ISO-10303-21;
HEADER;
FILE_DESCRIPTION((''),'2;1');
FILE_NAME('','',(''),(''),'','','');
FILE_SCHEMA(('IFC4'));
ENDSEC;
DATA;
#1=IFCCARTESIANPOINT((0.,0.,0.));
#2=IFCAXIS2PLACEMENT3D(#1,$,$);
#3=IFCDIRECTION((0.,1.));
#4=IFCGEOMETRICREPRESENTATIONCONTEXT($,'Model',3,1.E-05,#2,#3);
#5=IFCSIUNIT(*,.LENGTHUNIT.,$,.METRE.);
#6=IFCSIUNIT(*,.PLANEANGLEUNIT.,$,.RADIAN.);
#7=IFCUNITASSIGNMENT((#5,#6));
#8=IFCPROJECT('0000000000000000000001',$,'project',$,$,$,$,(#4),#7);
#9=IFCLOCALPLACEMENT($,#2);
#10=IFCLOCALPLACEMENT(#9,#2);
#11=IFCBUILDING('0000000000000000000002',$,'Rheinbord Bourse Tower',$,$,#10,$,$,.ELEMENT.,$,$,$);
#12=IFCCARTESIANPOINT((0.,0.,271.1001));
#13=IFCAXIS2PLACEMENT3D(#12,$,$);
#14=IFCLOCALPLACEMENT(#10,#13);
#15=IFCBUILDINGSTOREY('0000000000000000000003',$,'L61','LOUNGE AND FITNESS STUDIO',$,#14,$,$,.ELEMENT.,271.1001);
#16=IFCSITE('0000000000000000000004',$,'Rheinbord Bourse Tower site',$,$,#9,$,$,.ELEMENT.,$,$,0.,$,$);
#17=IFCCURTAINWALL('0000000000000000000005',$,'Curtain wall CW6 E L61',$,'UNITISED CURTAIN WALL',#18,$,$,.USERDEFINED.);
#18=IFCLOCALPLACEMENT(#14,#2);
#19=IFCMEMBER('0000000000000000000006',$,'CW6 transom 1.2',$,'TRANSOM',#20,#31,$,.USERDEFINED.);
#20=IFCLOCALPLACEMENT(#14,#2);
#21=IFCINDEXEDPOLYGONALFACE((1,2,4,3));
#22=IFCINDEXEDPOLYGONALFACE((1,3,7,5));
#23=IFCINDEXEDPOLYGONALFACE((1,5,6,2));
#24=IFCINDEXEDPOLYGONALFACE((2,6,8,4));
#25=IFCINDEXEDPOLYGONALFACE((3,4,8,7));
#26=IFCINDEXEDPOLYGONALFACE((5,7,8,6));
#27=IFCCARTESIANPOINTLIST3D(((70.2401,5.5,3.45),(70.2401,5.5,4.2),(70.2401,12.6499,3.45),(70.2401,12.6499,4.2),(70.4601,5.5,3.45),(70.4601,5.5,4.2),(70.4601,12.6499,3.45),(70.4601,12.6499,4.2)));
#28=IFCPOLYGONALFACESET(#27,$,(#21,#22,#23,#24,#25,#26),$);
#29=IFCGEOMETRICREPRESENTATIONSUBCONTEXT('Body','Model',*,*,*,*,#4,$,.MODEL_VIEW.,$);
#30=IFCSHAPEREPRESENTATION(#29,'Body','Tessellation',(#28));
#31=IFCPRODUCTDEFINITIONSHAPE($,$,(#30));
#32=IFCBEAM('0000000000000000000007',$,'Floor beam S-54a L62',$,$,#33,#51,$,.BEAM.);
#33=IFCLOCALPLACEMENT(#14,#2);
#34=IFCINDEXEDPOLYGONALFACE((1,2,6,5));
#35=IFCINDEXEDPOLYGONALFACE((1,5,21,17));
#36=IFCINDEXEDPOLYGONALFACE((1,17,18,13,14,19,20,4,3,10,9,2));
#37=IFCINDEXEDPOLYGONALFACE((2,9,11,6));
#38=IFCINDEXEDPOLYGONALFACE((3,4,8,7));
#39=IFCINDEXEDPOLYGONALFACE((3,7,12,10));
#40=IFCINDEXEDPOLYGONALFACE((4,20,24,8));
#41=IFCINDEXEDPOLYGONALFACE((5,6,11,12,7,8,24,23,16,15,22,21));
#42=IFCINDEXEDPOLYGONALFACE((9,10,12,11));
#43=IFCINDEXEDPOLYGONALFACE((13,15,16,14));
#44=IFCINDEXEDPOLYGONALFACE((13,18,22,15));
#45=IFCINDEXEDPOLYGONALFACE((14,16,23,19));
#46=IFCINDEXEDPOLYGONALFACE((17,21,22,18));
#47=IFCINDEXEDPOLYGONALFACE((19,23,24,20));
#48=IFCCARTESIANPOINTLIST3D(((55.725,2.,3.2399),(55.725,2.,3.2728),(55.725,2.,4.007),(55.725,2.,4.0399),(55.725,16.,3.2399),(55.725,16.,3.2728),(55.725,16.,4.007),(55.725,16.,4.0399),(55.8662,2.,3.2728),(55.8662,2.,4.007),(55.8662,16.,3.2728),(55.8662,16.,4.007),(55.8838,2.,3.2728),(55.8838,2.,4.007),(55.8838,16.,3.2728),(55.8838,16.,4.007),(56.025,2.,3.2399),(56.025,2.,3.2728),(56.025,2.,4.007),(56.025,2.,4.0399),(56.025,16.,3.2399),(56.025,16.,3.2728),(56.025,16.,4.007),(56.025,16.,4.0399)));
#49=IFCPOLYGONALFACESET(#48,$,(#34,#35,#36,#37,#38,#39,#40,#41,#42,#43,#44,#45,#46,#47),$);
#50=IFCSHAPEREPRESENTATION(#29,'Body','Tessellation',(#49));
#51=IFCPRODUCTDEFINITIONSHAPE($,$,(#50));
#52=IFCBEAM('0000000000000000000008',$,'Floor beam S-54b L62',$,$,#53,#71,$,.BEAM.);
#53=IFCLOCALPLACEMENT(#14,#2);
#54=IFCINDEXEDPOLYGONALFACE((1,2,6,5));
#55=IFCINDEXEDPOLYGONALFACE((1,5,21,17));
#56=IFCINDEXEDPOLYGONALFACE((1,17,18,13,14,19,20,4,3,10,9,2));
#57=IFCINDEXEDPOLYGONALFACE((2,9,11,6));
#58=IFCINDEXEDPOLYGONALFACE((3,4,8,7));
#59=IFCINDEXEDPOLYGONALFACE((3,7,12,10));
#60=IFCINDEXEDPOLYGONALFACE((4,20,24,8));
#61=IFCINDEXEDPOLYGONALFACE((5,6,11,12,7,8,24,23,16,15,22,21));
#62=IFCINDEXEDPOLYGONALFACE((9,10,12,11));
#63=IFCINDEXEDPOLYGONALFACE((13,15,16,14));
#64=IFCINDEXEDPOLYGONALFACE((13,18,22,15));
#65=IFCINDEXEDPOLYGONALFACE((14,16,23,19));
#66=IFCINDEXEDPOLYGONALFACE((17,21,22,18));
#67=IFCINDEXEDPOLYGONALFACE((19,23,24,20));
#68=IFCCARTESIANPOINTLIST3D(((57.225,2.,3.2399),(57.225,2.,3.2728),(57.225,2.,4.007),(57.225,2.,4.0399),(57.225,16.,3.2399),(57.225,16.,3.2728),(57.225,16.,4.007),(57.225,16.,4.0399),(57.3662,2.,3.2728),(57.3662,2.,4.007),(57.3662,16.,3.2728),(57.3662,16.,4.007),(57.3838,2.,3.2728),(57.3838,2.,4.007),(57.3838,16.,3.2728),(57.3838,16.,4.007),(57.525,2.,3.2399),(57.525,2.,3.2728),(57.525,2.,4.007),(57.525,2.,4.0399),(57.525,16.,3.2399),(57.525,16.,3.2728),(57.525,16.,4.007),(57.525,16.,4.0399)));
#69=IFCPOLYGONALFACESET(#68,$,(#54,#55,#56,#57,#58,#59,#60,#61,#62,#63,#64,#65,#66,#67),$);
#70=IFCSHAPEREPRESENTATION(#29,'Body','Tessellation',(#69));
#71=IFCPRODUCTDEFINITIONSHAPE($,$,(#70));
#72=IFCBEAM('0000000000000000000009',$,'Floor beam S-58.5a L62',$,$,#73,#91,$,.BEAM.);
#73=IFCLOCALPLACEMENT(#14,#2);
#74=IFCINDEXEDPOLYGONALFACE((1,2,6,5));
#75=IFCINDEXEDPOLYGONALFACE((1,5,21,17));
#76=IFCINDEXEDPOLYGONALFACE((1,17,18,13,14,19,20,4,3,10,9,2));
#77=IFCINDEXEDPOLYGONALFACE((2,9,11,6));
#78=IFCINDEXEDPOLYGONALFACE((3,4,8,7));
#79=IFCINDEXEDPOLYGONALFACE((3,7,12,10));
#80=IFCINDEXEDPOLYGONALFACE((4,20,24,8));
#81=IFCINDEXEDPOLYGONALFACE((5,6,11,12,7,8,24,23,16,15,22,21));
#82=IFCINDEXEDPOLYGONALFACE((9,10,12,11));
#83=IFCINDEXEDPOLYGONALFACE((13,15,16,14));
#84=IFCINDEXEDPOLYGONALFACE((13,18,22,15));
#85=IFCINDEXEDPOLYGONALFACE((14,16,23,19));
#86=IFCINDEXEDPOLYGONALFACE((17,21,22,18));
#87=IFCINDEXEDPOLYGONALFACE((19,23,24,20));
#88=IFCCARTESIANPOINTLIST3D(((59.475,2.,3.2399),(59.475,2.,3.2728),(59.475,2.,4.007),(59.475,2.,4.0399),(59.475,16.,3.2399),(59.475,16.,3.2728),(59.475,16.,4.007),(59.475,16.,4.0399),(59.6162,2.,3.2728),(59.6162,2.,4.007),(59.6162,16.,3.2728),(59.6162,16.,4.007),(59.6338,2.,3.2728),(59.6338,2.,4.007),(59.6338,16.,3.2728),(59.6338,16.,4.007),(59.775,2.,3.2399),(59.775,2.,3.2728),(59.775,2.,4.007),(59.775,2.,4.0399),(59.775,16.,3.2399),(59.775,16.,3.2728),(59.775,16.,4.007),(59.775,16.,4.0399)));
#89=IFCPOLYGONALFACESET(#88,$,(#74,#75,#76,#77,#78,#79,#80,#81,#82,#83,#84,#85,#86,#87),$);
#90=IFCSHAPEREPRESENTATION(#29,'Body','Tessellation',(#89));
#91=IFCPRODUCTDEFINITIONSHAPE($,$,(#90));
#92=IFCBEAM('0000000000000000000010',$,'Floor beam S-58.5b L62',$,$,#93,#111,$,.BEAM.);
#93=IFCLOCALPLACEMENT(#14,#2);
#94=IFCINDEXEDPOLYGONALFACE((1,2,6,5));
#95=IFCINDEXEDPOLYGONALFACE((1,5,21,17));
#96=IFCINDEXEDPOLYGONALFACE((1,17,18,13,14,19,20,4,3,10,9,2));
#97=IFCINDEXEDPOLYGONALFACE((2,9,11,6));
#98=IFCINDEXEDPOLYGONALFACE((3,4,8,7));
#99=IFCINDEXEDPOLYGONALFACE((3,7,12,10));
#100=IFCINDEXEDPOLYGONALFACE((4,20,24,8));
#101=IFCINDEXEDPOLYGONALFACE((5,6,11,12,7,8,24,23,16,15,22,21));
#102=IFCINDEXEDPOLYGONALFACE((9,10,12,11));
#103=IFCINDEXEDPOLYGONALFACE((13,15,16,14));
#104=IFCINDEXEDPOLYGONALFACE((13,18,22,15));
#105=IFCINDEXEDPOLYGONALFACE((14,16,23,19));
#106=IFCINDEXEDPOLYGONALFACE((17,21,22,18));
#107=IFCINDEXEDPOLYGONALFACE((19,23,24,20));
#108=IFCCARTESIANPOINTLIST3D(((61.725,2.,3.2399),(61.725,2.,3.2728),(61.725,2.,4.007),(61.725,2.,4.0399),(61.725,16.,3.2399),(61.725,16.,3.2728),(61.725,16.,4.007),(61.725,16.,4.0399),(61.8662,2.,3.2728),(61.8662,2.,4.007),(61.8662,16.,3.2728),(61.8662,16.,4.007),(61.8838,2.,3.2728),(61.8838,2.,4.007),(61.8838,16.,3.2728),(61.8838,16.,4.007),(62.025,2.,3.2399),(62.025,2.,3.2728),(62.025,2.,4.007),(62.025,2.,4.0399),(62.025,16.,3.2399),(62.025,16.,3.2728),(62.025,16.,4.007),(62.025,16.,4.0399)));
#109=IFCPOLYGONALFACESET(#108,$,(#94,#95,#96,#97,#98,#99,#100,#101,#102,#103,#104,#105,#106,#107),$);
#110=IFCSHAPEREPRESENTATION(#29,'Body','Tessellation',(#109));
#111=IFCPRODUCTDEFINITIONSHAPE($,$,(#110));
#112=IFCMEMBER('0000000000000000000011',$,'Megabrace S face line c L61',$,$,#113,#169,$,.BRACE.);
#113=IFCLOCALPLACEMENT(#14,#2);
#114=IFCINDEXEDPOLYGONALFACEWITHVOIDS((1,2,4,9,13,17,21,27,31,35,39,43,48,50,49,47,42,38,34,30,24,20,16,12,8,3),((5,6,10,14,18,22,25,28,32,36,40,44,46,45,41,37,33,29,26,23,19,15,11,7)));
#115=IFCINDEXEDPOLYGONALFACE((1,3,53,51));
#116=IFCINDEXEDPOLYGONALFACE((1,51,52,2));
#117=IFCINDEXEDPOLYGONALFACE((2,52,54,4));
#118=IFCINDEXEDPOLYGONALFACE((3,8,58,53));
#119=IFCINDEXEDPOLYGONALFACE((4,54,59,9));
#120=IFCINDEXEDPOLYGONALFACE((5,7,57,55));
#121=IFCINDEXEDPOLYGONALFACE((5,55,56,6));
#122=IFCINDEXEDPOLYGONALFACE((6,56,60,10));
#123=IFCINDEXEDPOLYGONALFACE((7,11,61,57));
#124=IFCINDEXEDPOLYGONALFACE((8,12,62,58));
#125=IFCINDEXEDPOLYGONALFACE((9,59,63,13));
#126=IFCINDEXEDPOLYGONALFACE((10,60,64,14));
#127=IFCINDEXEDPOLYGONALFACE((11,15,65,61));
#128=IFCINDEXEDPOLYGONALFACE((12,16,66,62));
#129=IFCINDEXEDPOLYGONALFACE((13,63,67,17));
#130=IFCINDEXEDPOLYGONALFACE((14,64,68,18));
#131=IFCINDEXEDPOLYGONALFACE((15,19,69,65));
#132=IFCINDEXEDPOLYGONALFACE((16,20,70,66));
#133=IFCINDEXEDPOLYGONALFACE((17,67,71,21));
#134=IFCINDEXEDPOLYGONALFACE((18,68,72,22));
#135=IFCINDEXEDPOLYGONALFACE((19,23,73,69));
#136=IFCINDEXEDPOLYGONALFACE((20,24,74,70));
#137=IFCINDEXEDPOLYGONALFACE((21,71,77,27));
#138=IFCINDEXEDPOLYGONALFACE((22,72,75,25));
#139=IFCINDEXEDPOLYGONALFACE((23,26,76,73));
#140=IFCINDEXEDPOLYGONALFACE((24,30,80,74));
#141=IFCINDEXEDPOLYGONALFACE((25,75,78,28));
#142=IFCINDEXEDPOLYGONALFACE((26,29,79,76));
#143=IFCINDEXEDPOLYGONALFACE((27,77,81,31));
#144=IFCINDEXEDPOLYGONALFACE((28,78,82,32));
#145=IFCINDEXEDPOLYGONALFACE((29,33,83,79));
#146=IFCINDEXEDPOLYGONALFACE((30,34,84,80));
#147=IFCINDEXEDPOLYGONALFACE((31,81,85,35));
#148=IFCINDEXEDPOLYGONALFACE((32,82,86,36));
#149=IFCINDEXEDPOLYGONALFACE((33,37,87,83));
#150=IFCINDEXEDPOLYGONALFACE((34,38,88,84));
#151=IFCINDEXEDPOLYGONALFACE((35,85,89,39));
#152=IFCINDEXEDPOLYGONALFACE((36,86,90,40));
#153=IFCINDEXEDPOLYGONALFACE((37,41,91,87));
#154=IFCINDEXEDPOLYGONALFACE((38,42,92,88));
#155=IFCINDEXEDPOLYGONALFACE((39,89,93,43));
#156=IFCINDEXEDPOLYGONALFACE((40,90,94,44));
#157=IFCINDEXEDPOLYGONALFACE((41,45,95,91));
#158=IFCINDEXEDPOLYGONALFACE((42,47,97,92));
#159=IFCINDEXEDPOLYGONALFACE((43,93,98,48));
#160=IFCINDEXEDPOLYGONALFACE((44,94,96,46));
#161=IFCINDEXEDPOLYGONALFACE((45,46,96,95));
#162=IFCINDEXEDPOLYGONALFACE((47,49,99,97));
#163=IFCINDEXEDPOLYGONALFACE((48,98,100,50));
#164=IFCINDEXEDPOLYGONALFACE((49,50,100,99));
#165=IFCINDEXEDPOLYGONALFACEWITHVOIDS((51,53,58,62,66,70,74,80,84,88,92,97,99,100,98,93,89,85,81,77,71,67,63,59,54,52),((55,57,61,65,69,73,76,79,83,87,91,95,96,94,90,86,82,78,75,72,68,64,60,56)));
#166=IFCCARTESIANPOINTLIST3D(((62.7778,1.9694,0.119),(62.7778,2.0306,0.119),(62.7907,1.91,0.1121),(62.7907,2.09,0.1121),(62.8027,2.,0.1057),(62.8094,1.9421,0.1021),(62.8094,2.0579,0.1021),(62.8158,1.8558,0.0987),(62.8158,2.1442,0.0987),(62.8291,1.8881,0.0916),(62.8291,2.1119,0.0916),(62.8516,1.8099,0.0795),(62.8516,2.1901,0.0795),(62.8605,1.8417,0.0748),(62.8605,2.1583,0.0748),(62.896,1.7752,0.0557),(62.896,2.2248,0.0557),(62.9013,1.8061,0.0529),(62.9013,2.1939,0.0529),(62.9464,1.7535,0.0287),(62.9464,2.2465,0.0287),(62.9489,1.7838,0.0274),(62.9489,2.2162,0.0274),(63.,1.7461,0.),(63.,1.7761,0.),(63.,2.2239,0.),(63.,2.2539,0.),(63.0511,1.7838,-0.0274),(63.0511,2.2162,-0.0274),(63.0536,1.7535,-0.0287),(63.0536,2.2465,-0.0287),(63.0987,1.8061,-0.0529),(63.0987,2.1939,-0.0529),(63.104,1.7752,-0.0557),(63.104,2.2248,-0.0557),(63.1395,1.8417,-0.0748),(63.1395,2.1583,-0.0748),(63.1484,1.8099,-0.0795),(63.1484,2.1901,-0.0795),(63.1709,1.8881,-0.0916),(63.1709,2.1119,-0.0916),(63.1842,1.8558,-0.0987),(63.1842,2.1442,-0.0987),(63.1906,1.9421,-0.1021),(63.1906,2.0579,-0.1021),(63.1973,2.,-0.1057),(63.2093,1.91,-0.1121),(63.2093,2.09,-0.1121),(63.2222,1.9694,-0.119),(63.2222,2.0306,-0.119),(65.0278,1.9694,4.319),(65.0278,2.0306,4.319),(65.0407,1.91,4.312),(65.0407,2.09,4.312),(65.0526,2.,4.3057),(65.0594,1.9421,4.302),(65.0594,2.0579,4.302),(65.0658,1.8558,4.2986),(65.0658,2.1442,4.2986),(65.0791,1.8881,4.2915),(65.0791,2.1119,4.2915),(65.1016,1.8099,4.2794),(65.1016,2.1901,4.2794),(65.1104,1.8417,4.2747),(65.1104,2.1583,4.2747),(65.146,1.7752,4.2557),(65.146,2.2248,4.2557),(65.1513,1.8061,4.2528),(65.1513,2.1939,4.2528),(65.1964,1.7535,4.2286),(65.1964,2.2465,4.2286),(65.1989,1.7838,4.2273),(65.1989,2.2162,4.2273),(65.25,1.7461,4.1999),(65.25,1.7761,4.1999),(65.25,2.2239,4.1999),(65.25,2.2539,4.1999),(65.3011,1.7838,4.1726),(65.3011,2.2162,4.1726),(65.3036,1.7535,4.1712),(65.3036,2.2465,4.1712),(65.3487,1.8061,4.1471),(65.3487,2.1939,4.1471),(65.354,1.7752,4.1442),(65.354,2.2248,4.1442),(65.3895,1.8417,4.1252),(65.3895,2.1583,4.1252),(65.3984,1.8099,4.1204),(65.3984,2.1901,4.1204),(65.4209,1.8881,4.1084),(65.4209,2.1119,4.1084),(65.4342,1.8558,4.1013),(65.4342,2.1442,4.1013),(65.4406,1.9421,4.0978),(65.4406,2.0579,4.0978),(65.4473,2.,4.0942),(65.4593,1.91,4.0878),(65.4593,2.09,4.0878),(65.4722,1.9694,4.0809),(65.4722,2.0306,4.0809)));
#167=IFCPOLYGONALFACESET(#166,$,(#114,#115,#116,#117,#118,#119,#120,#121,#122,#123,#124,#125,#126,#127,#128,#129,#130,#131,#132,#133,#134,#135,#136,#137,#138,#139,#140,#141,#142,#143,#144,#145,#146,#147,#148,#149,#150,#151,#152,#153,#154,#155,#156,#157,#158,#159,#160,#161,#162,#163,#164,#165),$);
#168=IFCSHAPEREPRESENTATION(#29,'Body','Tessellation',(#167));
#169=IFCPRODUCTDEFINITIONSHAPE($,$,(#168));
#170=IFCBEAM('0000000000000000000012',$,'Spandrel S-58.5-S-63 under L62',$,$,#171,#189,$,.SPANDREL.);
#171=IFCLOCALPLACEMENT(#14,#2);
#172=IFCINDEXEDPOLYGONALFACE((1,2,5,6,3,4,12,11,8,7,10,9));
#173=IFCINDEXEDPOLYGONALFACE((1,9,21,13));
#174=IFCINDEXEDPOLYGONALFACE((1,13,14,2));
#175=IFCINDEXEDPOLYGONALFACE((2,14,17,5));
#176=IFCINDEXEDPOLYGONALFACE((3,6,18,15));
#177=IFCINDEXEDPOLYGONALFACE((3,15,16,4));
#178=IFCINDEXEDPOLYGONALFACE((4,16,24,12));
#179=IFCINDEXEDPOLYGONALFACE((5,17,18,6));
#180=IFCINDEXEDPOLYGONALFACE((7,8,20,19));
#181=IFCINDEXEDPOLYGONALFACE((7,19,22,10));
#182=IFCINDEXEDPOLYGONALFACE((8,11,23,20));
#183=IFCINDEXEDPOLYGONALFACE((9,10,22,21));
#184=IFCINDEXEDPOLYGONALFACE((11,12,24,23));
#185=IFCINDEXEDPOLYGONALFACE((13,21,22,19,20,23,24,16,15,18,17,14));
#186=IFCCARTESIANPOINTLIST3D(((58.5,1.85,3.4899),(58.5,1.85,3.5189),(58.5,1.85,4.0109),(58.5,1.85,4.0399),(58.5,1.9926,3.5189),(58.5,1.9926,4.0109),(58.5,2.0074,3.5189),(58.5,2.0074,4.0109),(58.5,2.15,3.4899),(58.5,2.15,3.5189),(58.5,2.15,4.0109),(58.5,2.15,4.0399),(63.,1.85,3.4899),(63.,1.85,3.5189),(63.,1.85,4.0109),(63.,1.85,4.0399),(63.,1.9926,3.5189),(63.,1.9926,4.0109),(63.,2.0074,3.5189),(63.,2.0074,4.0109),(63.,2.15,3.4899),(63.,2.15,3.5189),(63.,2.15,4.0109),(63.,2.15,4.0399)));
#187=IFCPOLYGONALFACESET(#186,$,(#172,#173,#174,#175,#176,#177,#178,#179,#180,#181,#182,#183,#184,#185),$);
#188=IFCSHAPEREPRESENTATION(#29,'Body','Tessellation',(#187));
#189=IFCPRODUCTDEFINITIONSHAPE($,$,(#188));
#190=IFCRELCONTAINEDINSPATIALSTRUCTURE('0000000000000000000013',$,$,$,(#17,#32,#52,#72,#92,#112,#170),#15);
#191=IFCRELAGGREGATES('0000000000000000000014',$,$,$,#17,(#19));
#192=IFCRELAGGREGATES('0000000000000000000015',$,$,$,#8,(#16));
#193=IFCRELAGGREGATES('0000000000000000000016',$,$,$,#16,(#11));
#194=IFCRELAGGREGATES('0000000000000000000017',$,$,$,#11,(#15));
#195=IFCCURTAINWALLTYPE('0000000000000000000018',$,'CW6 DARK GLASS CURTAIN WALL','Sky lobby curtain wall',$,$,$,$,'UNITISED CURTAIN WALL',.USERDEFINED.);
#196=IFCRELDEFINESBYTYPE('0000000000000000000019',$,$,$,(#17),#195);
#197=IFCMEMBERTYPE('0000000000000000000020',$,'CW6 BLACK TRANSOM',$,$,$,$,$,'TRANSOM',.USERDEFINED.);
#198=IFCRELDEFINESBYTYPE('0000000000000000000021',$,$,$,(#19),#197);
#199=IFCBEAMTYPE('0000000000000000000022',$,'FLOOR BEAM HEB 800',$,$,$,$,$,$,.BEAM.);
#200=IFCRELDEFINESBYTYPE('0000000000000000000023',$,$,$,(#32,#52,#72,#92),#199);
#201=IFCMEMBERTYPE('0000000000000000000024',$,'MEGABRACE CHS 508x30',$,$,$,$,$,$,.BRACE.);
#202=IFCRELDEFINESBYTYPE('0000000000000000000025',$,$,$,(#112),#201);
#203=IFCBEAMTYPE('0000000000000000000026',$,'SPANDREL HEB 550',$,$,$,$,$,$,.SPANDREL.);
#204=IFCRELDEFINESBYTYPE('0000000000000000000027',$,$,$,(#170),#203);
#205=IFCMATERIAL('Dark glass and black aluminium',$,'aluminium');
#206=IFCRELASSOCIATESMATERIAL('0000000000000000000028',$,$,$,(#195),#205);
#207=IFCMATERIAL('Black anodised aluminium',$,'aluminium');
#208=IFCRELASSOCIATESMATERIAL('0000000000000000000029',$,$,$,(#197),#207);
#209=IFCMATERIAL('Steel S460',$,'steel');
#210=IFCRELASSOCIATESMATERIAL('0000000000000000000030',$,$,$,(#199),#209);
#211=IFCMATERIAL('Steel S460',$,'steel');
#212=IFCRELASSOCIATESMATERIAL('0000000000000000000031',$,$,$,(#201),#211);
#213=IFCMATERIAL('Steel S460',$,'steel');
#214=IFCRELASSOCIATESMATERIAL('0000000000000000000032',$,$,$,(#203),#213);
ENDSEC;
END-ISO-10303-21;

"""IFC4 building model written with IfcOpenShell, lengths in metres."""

from ifc_helpers import new_model, si_unit, direction, frame, origin, origin_2d, place, context, subcontext, project, spatial, rectangle, hollow_circle, i_section, extrude, material, material_profile, profile_set, type_object, element, aggregate, save


model = new_model("IFC4")

# Units and contexts
model_context = context("Model", 3, precision=1e-05, world=origin(), true_north=direction((0.0, 1.0)))
body_context = subcontext(model_context, "Body", "Model", "MODEL_VIEW")
ifc_project = project(units=[si_unit("LENGTHUNIT", "METRE"), si_unit("PLANEANGLEUNIT", "RADIAN")], contexts=[model_context])

# Site, building, storey
site_placement = place(None, origin())
site = spatial("IfcSite", under=ifc_project, at=site_placement, Name="Rheinbord Bourse Tower site", CompositionType="ELEMENT", RefElevation=0.0)
building_placement = place(site_placement, origin())
building = spatial("IfcBuilding", under=site, at=building_placement, Name="Rheinbord Bourse Tower", CompositionType="ELEMENT")
storey_placement = place(building_placement, frame((0.0, 0.0, 271.1001)))
storey = spatial("IfcBuildingStorey", under=building, at=storey_placement, Name="L61", Description="LOUNGE AND FITNESS STUDIO", CompositionType="ELEMENT", Elevation=271.1001)

# Shared definitions
ifc_material_1 = material(Name="Dark glass and black aluminium", Category="aluminium")
curtain_wall_type = type_object("IfcCurtainWallType", Name="CW6 DARK GLASS CURTAIN WALL", Description="Sky lobby curtain wall", ElementType="UNITISED CURTAIN WALL", PredefinedType="USERDEFINED", material=ifc_material_1)

# Curtain wall
curtain_wall_1_placement = place(storey_placement, origin())
curtain_wall_1 = element("IfcCurtainWall", 1, at=curtain_wall_1_placement, inside=storey, type_object=curtain_wall_type, Name="Curtain wall CW6 E L61", ObjectType="UNITISED CURTAIN WALL", PredefinedType="USERDEFINED")

# Member
ifc_material_2 = material(Name="Black anodised aluminium", Category="aluminium")
ifc_material_profile_1 = material_profile(ifc_material_2, rectangle(XDim=0.22, YDim=0.75, at=origin_2d()), Name="CW6 TRANSOM 750x220")
ifc_profile_set_1 = profile_set([ifc_material_profile_1], Name="Black anodised aluminium")
member_type_1 = type_object("IfcMemberType", Name="CW6 BLACK TRANSOM", ElementType="TRANSOM", PredefinedType="USERDEFINED", material=ifc_profile_set_1)
member_1_placement = place(storey_placement, frame((70.3501, 5.5, 3.825), z_axis=(0.0, 1.0, 0.0), x_axis=(-1.0, 0.0, 0.0)))
member_1 = element("IfcMember", 2, at=member_1_placement, type_object=member_type_1, Name="CW6 transom 1.2", ObjectType="TRANSOM", PredefinedType="USERDEFINED", context=body_context, shape_type="SweptSolid", body=[
    extrude(rectangle(XDim=0.22, YDim=0.75, at=origin_2d()), origin(), (0.0, 0.0, 1.0), 7.1499),
])

# Beams
ifc_material_3 = material(Name="Steel S460", Category="steel")
ifc_material_profile_2 = material_profile(ifc_material_3, i_section(OverallWidth=0.3, OverallDepth=0.8, WebThickness=0.0176, FlangeThickness=0.033, at=origin_2d()), Name="HEB 800")
ifc_profile_set_2 = profile_set([ifc_material_profile_2], Name="Steel S460")
beam_type_1 = type_object("IfcBeamType", Name="FLOOR BEAM HEB 800", PredefinedType="BEAM", material=ifc_profile_set_2)
for number, where, z_axis, x_axis, name in (
    (3, (55.875, 2.0, 3.6399), (0.0, 1.0, 0.0), (-1.0, 0.0, 0.0), "Floor beam S-54a L62"),
    (4, (57.375, 2.0, 3.6399), (0.0, 1.0, 0.0), (-1.0, 0.0, 0.0), "Floor beam S-54b L62"),
    (5, (59.625, 2.0, 3.6399), (0.0, 1.0, 0.0), (-1.0, 0.0, 0.0), "Floor beam S-58.5a L62"),
    (6, (61.875, 2.0, 3.6399), (0.0, 1.0, 0.0), (-1.0, 0.0, 0.0), "Floor beam S-58.5b L62"),
):
    element("IfcBeam", number, at=place(storey_placement, frame(where, z_axis=z_axis, x_axis=x_axis)), inside=storey, type_object=beam_type_1, Name=name, PredefinedType="BEAM", context=body_context, shape_type="SweptSolid", body=[
        extrude(i_section(OverallWidth=0.3, OverallDepth=0.8, WebThickness=0.0176, FlangeThickness=0.033, at=origin_2d()), origin(), (0.0, 0.0, 1.0), 14.0),
    ])

# Member
ifc_material_4 = material(Name="Steel S460", Category="steel")
ifc_material_profile_3 = material_profile(ifc_material_4, hollow_circle(Radius=0.2539, WallThickness=0.03, at=origin_2d()), Name="CHS 508x30")
ifc_profile_set_3 = profile_set([ifc_material_profile_3], Name="Steel S460")
member_type_2 = type_object("IfcMemberType", Name="MEGABRACE CHS 508x30", PredefinedType="BRACE", material=ifc_profile_set_3)
member_2_placement = place(storey_placement, frame((63.0, 2.0, 0.0), z_axis=(0.472226, 0.0, 0.881478), x_axis=(0.0, 1.0, 0.0)))
element("IfcMember", 7, at=member_2_placement, inside=storey, type_object=member_type_2, Name="Megabrace S face line c L61", PredefinedType="BRACE", context=body_context, shape_type="SweptSolid", body=[
    extrude(hollow_circle(Radius=0.2539, WallThickness=0.03, at=origin_2d()), origin(), (0.0, 0.0, 1.0), 4.7646),
])

# Beam
ifc_material_5 = material(Name="Steel S460", Category="steel")
ifc_material_profile_4 = material_profile(ifc_material_5, i_section(OverallWidth=0.3, OverallDepth=0.55, WebThickness=0.0149, FlangeThickness=0.0291, at=origin_2d()), Name="HEB 550")
ifc_profile_set_4 = profile_set([ifc_material_profile_4], Name="Steel S460")
beam_type_2 = type_object("IfcBeamType", Name="SPANDREL HEB 550", PredefinedType="SPANDREL", material=ifc_profile_set_4)
beam_1_placement = place(storey_placement, frame((58.5, 2.0, 3.7649), z_axis=(1.0, 0.0, 0.0), x_axis=(0.0, 1.0, 0.0)))
element("IfcBeam", 8, at=beam_1_placement, inside=storey, type_object=beam_type_2, Name="Spandrel S-58.5-S-63 under L62", PredefinedType="SPANDREL", context=body_context, shape_type="SweptSolid", body=[
    extrude(i_section(OverallWidth=0.3, OverallDepth=0.55, WebThickness=0.0149, FlangeThickness=0.0291, at=origin_2d()), origin(), (0.0, 0.0, 1.0), 4.5),
])

aggregate(curtain_wall_1, [member_1])

save(model, "model.ifc")
